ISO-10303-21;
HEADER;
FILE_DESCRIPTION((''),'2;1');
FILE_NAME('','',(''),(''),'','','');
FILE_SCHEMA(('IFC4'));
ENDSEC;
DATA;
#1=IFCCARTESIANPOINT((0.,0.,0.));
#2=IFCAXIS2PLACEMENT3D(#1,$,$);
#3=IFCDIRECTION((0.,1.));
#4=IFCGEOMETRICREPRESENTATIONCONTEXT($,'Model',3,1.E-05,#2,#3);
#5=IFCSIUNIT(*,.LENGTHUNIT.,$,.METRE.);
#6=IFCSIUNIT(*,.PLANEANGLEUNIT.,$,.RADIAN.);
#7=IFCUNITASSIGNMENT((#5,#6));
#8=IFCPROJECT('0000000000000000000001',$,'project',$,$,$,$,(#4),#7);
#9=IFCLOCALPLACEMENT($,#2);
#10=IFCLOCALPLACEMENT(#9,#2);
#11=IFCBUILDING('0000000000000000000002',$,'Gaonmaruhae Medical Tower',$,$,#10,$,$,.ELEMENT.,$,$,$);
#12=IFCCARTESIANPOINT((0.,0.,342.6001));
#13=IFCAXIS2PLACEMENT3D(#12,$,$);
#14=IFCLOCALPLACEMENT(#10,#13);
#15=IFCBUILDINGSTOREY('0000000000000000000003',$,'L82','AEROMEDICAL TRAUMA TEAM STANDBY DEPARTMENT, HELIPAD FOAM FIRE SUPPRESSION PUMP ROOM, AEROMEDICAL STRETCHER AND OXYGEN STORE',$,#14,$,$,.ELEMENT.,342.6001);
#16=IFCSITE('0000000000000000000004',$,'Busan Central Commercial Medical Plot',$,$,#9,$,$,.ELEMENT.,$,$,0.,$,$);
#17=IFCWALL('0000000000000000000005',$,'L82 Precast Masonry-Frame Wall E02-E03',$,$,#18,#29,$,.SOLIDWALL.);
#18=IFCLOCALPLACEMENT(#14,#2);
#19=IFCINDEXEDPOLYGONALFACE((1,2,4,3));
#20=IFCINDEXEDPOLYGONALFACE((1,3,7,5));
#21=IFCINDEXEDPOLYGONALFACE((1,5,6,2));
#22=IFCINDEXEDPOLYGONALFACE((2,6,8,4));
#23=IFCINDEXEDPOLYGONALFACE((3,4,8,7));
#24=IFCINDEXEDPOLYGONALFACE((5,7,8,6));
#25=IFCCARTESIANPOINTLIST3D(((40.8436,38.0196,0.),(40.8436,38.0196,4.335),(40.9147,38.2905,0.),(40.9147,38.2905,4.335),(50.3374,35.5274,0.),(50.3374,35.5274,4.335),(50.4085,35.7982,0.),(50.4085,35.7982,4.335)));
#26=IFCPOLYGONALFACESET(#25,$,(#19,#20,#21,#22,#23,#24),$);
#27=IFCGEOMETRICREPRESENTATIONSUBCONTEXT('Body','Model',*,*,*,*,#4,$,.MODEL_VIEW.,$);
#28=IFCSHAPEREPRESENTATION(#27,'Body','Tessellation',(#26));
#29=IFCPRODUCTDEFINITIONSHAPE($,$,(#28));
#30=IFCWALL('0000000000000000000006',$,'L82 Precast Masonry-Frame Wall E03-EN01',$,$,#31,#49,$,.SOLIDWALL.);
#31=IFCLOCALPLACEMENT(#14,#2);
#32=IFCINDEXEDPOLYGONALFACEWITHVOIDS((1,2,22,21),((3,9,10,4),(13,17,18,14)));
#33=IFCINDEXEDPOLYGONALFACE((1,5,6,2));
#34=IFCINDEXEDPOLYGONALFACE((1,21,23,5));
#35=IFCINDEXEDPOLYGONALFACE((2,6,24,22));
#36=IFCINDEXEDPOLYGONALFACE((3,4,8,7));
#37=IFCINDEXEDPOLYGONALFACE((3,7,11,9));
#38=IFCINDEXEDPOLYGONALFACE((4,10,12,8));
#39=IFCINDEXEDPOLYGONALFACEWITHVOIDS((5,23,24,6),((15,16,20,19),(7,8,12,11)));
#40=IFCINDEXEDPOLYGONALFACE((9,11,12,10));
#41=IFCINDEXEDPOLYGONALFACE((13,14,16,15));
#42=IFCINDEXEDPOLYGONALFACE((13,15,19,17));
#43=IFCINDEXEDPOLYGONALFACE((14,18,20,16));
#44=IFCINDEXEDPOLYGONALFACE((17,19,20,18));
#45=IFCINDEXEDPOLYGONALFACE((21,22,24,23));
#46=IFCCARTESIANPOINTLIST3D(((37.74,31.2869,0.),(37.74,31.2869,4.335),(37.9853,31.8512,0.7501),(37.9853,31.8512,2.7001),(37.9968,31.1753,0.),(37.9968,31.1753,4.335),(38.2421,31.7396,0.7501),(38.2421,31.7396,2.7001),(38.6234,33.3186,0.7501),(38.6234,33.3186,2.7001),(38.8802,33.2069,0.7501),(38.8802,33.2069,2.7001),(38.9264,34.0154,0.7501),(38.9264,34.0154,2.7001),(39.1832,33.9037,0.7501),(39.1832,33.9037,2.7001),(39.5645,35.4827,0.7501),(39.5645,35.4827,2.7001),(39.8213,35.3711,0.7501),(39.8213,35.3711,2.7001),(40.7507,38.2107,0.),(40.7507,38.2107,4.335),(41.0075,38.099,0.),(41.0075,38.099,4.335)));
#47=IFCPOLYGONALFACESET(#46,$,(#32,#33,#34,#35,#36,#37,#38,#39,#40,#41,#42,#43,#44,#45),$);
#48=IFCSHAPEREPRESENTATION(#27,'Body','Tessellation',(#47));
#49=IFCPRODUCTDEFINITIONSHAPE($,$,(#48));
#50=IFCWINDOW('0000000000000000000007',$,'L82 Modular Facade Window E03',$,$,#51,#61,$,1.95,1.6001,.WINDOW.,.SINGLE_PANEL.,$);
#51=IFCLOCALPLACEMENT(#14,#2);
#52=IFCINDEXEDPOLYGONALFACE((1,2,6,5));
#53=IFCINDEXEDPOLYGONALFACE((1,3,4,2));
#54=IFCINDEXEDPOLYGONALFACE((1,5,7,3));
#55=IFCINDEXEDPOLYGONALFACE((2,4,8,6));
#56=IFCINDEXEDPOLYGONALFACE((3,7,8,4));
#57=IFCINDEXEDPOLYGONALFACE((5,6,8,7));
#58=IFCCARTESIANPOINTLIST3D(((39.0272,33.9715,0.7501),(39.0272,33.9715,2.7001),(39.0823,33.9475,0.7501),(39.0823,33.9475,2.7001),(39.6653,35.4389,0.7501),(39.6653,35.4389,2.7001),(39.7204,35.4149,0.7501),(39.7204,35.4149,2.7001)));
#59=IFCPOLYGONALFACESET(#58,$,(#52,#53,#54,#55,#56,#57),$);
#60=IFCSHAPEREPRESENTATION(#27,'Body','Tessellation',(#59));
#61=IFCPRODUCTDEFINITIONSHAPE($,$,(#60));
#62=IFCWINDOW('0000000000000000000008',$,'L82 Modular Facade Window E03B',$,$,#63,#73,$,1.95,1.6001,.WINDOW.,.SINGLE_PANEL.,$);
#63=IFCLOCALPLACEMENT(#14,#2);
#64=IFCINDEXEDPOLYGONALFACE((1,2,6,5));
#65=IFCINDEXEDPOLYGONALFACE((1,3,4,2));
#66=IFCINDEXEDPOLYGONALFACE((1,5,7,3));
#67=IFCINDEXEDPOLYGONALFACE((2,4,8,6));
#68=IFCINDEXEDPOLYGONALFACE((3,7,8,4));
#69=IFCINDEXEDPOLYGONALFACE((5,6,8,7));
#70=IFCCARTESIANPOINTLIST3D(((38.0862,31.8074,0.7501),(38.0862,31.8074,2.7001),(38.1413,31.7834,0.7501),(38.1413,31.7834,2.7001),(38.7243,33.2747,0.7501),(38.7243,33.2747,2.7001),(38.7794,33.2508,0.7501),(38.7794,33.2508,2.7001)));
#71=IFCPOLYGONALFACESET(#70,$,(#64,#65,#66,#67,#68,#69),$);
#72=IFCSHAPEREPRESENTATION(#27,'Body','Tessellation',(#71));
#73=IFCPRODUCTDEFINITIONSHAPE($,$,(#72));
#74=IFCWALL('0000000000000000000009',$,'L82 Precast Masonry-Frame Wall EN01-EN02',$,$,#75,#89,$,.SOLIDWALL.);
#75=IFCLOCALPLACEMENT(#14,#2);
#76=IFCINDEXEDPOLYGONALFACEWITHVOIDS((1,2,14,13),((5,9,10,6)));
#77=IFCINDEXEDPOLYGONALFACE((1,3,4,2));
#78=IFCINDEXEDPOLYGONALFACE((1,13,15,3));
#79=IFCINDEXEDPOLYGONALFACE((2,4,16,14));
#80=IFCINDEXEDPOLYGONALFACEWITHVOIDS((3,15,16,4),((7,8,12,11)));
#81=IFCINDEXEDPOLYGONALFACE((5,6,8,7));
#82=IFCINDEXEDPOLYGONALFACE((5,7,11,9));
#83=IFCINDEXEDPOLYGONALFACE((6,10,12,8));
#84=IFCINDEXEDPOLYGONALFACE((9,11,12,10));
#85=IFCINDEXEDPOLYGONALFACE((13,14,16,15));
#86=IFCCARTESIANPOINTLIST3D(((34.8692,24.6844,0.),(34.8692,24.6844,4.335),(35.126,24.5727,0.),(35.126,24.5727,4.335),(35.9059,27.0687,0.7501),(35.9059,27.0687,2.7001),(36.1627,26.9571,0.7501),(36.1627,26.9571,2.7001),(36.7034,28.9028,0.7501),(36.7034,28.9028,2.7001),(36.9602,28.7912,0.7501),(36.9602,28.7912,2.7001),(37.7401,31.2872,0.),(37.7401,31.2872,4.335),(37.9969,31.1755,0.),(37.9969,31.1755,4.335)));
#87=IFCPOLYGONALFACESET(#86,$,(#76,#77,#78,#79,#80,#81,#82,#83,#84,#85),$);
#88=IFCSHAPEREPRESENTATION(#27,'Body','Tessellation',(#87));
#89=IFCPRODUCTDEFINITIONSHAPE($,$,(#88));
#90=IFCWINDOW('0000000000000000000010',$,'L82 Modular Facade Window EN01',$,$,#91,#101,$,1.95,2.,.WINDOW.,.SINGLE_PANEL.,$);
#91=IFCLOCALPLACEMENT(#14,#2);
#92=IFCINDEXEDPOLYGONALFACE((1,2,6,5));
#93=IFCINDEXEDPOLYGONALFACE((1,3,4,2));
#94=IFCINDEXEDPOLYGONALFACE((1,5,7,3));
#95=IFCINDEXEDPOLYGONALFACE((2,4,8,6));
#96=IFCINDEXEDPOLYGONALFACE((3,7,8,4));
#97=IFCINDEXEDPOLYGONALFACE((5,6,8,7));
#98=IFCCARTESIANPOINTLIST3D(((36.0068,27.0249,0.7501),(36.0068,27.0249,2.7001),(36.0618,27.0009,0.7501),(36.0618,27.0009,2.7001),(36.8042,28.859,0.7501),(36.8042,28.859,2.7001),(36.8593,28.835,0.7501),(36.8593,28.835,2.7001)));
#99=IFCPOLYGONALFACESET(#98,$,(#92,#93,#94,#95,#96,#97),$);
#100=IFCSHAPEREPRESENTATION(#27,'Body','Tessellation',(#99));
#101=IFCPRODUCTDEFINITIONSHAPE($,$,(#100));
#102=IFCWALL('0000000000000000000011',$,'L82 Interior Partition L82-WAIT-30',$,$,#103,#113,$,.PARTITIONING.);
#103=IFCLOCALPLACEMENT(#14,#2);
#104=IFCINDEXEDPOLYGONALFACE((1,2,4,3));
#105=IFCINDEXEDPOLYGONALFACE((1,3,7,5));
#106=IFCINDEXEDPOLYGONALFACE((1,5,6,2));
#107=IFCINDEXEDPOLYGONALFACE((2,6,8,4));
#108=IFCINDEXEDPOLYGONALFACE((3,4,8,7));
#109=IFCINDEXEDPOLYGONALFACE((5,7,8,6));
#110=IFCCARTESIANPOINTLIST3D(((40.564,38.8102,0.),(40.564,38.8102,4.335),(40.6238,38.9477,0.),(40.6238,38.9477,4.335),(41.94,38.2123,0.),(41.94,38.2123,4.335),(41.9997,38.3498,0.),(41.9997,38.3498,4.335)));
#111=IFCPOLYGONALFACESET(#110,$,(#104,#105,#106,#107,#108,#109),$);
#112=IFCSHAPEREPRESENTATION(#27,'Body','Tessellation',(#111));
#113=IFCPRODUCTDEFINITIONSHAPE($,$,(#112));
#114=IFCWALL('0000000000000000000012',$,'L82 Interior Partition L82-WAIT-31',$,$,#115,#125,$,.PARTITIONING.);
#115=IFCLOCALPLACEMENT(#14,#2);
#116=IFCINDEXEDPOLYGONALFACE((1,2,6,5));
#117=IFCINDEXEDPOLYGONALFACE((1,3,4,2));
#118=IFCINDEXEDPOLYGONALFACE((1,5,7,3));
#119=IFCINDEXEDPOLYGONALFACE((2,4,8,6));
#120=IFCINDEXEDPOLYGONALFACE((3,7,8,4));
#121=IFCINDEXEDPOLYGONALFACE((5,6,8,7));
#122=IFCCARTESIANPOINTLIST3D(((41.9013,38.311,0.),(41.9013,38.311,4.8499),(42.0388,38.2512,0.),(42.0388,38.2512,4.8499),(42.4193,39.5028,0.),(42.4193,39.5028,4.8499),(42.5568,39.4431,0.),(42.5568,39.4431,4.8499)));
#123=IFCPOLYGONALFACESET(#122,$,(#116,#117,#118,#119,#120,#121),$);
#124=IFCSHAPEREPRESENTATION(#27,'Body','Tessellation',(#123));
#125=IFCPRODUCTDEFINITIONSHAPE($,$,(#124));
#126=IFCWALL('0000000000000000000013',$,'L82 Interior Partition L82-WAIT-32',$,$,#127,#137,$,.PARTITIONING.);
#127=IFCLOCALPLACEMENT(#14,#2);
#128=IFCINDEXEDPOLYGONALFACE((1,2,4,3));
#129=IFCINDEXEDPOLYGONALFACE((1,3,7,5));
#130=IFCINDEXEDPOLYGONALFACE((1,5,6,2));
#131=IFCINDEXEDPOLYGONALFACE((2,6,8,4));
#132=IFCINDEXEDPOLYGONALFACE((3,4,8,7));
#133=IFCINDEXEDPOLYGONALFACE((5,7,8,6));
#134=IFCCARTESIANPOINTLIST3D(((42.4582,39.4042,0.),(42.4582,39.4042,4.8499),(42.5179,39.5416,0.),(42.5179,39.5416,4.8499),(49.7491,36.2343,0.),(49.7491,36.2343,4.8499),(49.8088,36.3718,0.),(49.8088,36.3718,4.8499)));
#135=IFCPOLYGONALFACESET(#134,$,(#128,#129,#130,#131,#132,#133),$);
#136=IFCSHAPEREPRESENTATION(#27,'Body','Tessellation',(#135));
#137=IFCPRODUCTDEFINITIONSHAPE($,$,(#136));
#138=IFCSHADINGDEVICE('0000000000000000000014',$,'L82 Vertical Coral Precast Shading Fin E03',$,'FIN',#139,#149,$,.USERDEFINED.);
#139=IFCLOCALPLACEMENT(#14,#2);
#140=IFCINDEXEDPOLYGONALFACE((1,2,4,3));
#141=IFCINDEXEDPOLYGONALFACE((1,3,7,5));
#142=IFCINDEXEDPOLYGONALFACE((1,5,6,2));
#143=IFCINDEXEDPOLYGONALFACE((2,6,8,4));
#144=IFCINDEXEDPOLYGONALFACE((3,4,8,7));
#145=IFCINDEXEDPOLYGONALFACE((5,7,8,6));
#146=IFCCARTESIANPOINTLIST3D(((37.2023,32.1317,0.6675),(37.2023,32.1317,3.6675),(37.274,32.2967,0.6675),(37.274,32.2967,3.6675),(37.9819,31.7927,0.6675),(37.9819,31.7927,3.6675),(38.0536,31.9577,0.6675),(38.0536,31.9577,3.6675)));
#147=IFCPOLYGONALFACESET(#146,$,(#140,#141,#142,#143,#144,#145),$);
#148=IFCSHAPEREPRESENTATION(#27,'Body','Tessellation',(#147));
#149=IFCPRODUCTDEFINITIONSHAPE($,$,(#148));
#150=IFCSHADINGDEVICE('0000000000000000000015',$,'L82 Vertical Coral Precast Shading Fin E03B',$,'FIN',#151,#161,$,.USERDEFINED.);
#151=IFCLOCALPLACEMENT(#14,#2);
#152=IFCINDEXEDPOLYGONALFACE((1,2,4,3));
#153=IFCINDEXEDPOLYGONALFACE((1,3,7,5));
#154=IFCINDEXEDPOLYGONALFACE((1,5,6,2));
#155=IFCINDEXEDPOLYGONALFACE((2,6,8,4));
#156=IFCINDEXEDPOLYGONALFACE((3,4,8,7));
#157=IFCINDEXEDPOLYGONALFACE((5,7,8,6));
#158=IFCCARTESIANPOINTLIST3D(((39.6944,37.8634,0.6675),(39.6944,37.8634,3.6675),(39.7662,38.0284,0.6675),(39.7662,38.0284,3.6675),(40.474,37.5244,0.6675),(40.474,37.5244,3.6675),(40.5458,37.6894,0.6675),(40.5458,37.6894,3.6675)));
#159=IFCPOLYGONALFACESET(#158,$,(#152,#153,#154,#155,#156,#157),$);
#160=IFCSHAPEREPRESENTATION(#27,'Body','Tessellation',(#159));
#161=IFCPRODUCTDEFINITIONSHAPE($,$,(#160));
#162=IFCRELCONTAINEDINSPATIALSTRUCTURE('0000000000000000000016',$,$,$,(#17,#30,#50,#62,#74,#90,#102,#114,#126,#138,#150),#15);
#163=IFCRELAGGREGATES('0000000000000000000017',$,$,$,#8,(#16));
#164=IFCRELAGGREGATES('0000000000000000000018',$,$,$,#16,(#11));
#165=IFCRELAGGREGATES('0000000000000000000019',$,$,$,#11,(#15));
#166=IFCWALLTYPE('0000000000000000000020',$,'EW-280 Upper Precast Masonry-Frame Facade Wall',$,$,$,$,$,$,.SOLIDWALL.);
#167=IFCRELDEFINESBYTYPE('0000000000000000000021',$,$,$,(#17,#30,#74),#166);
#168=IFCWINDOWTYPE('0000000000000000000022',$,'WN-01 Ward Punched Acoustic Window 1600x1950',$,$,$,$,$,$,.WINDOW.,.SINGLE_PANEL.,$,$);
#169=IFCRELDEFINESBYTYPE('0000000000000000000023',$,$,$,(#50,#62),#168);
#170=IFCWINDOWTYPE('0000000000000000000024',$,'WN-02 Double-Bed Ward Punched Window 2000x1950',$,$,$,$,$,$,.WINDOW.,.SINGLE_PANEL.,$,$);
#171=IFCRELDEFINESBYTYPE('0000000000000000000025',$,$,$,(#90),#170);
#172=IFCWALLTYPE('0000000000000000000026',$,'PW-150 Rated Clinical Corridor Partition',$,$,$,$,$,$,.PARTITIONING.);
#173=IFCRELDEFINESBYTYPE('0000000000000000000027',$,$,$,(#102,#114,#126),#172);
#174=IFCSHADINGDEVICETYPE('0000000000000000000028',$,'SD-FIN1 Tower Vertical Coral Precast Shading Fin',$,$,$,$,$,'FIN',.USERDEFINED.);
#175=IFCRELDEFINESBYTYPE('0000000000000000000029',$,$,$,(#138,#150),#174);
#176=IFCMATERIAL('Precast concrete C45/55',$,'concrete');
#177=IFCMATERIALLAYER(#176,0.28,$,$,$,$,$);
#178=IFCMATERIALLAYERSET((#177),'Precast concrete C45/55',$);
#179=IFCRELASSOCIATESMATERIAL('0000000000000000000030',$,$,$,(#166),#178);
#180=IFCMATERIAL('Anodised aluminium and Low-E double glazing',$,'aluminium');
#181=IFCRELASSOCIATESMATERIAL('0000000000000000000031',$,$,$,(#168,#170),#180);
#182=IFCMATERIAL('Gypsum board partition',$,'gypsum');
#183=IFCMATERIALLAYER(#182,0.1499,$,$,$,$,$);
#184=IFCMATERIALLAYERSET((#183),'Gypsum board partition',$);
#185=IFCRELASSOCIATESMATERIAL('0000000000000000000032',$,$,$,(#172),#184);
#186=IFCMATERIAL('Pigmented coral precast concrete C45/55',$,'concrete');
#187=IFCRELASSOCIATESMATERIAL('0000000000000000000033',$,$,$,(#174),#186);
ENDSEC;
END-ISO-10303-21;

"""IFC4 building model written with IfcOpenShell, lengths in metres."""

from ifc_helpers import new_model, si_unit, direction, frame, frame_2d, origin, origin_2d, place, context, subcontext, project, spatial, rectangle, extrude, material, layer, layer_set, type_object, element, fill, save


model = new_model("IFC4")

# Units and contexts
model_context = context("Model", 3, precision=1e-05, world=origin(), true_north=direction((0.0, 1.0)))
body_context = subcontext(model_context, "Body", "Model", "MODEL_VIEW")
ifc_project = project(units=[si_unit("LENGTHUNIT", "METRE"), si_unit("PLANEANGLEUNIT", "RADIAN")], contexts=[model_context])

# Site, building, storey
site_placement = place(None, origin())
site = spatial("IfcSite", under=ifc_project, at=site_placement, Name="Busan Central Commercial Medical Plot", CompositionType="ELEMENT", RefElevation=0.0)
building_placement = place(site_placement, origin())
building = spatial("IfcBuilding", under=site, at=building_placement, Name="Gaonmaruhae Medical Tower", CompositionType="ELEMENT")
storey_placement = place(building_placement, frame((0.0, 0.0, 342.6001)))
storey = spatial("IfcBuildingStorey", under=building, at=storey_placement, Name="L82", Description="AEROMEDICAL TRAUMA TEAM STANDBY DEPARTMENT, HELIPAD FOAM FIRE SUPPRESSION PUMP ROOM, AEROMEDICAL STRETCHER AND OXYGEN STORE", CompositionType="ELEMENT", Elevation=342.6001)

# Wall
ifc_material_1 = material(Name="Precast concrete C45/55", Category="concrete")
ifc_layer_1 = layer(ifc_material_1, 0.28)
ifc_layer_set_1 = layer_set([ifc_layer_1], Name="Precast concrete C45/55")
wall_type_1 = type_object("IfcWallType", Name="EW-280 Upper Precast Masonry-Frame Facade Wall", PredefinedType="SOLIDWALL", material=ifc_layer_set_1)
wall_1_placement = place(storey_placement, frame((40.8792, 38.155, 0.0), z_axis=(0.0, 0.0, 1.0), x_axis=(0.967228, -0.253908, 0.0)))
element("IfcWall", 1, at=wall_1_placement, inside=storey, type_object=wall_type_1, Name="L82 Precast Masonry-Frame Wall E02-E03", PredefinedType="SOLIDWALL", context=body_context, shape_type="SweptSolid", body=[
    extrude(rectangle(XDim=9.8154, YDim=0.28, at=frame_2d((4.9077, 0.0))), origin(), (0.0, 0.0, 1.0), 4.335),
])

# Wall, openings, windows
wall_2_placement = place(storey_placement, frame((37.8684, 31.2312, 0.0), z_axis=(0.0, 0.0, 1.0), x_axis=(0.398769, 0.917052, 0.0)))
wall_2 = element("IfcWall", 2, at=wall_2_placement, inside=storey, type_object=wall_type_1, Name="L82 Precast Masonry-Frame Wall E03-EN01", PredefinedType="SOLIDWALL", context=body_context, shape_type="SweptSolid", body=[
    extrude(rectangle(XDim=7.55, YDim=0.28, at=frame_2d((3.7749, 0.0))), origin(), (0.0, 0.0, 1.0), 4.335),
])
opening_1_placement = place(wall_2_placement, frame((2.9751, 0.0, 0.75)))
opening_1 = element("IfcOpeningElement", 3, at=opening_1_placement, cuts=wall_2, PredefinedType="OPENING", context=body_context, shape_type="SweptSolid", body=[
    extrude(rectangle(XDim=1.6001, YDim=1.95, at=frame_2d((0.8, 0.9751))), frame((0.0, 0.1499, 0.0), z_axis=(0.0, -1.0, 0.0), x_axis=(1.0, 0.0, 0.0)), (0.0, 0.0, 1.0), 0.3),
])
opening_2_placement = place(wall_2_placement, frame((0.6152, 0.0, 0.75)))
opening_2 = element("IfcOpeningElement", 4, at=opening_2_placement, cuts=wall_2, PredefinedType="OPENING", context=body_context, shape_type="SweptSolid", body=[
    extrude(rectangle(XDim=1.6001, YDim=1.95, at=frame_2d((0.8, 0.9751))), frame((0.0, 0.1499, 0.0), z_axis=(0.0, -1.0, 0.0), x_axis=(1.0, 0.0, 0.0)), (0.0, 0.0, 1.0), 0.3),
])
ifc_material_2 = material(Name="Anodised aluminium and Low-E double glazing", Category="aluminium")
window_type_1 = type_object("IfcWindowType", Name="WN-01 Ward Punched Acoustic Window 1600x1950", PartitioningType="SINGLE_PANEL", PredefinedType="WINDOW", material=ifc_material_2)
window_1_placement = place(opening_1_placement, origin())
window_1 = element("IfcWindow", 5, at=window_1_placement, inside=storey, type_object=window_type_1, Name="L82 Modular Facade Window E03", OverallHeight=1.95, OverallWidth=1.6001, PartitioningType="SINGLE_PANEL", PredefinedType="WINDOW", context=body_context, shape_type="SweptSolid", body=[
    extrude(rectangle(XDim=1.6001, YDim=1.95, at=frame_2d((0.8, 0.9751))), frame((0.0, 0.03, 0.0), z_axis=(0.0, -1.0, 0.0), x_axis=(1.0, 0.0, 0.0)), (0.0, 0.0, 1.0), 0.0601),
])
fill(opening_1, window_1)
window_2_placement = place(opening_2_placement, origin())
window_2 = element("IfcWindow", 6, at=window_2_placement, inside=storey, type_object=window_type_1, Name="L82 Modular Facade Window E03B", OverallHeight=1.95, OverallWidth=1.6001, PartitioningType="SINGLE_PANEL", PredefinedType="WINDOW", context=body_context, shape_type="SweptSolid", body=[
    extrude(rectangle(XDim=1.6001, YDim=1.95, at=frame_2d((0.8, 0.9751))), frame((0.0, 0.03, 0.0), z_axis=(0.0, -1.0, 0.0), x_axis=(1.0, 0.0, 0.0)), (0.0, 0.0, 1.0), 0.0601),
])
fill(opening_2, window_2)

# Wall, opening, window
wall_3_placement = place(storey_placement, frame((34.9976, 24.6284, 0.0), z_axis=(0.0, 0.0, 1.0), x_axis=(0.398735, 0.917066, 0.0)))
wall_3 = element("IfcWall", 7, at=wall_3_placement, inside=storey, type_object=wall_type_1, Name="L82 Precast Masonry-Frame Wall EN01-EN02", PredefinedType="SOLIDWALL", context=body_context, shape_type="SweptSolid", body=[
    extrude(rectangle(XDim=7.2, YDim=0.28, at=frame_2d((3.6001, 0.0))), origin(), (0.0, 0.0, 1.0), 4.335),
])
opening_3_placement = place(wall_3_placement, frame((2.6001, 0.0, 0.75)))
opening_3 = element("IfcOpeningElement", 8, at=opening_3_placement, cuts=wall_3, PredefinedType="OPENING", context=body_context, shape_type="SweptSolid", body=[
    extrude(rectangle(XDim=2.0, YDim=1.95, at=frame_2d((1.0, 0.9751))), frame((0.0, 0.1499, 0.0), z_axis=(0.0, -1.0, 0.0), x_axis=(1.0, 0.0, 0.0)), (0.0, 0.0, 1.0), 0.3),
])
window_type_2 = type_object("IfcWindowType", Name="WN-02 Double-Bed Ward Punched Window 2000x1950", PartitioningType="SINGLE_PANEL", PredefinedType="WINDOW", material=ifc_material_2)
window_3_placement = place(opening_3_placement, origin())
window_3 = element("IfcWindow", 9, at=window_3_placement, inside=storey, type_object=window_type_2, Name="L82 Modular Facade Window EN01", OverallHeight=1.95, OverallWidth=2.0, PartitioningType="SINGLE_PANEL", PredefinedType="WINDOW", context=body_context, shape_type="SweptSolid", body=[
    extrude(rectangle(XDim=2.0, YDim=1.95, at=frame_2d((1.0, 0.9751))), frame((0.0, 0.03, 0.0), z_axis=(0.0, -1.0, 0.0), x_axis=(1.0, 0.0, 0.0)), (0.0, 0.0, 1.0), 0.0601),
])
fill(opening_3, window_3)

# Walls
ifc_material_3 = material(Name="Gypsum board partition", Category="gypsum")
ifc_layer_2 = layer(ifc_material_3, 0.1499)
ifc_layer_set_2 = layer_set([ifc_layer_2], Name="Gypsum board partition")
wall_type_2 = type_object("IfcWallType", Name="PW-150 Rated Clinical Corridor Partition", PredefinedType="PARTITIONING", material=ifc_layer_set_2)
wall_4_placement = place(storey_placement, frame((40.594, 38.8789, 0.0), z_axis=(0.0, 0.0, 1.0), x_axis=(0.917155, -0.39853, 0.0)))
element("IfcWall", 10, at=wall_4_placement, inside=storey, type_object=wall_type_2, Name="L82 Interior Partition L82-WAIT-30", PredefinedType="PARTITIONING", context=body_context, shape_type="SweptSolid", body=[
    extrude(rectangle(XDim=1.5002, YDim=0.1499, at=frame_2d((0.75, 0.0))), origin(), (0.0, 0.0, 1.0), 4.335),
])
wall_5_placement = place(storey_placement, frame((41.97, 38.281, 0.0), z_axis=(0.0, 0.0, 1.0), x_axis=(0.39863, 0.917112, 0.0)))
element("IfcWall", 11, at=wall_5_placement, inside=storey, type_object=wall_type_2, Name="L82 Interior Partition L82-WAIT-31", PredefinedType="PARTITIONING", context=body_context, shape_type="SweptSolid", body=[
    extrude(rectangle(XDim=1.2996, YDim=0.1499, at=frame_2d((0.6499, 0.0))), origin(), (0.0, 0.0, 1.0), 4.8499),
])
wall_6_placement = place(storey_placement, frame((42.488, 39.4729, 0.0), z_axis=(0.0, 0.0, 1.0), x_axis=(0.917074, -0.398717, 0.0)))
element("IfcWall", 12, at=wall_6_placement, inside=storey, type_object=wall_type_2, Name="L82 Interior Partition L82-WAIT-32", PredefinedType="PARTITIONING", context=body_context, shape_type="SweptSolid", body=[
    extrude(rectangle(XDim=7.9502, YDim=0.1499, at=frame_2d((3.9751, 0.0))), origin(), (0.0, 0.0, 1.0), 4.8499),
])

# Shading devices
ifc_material_4 = material(Name="Pigmented coral precast concrete C45/55", Category="concrete")
shading_device_type = type_object("IfcShadingDeviceType", Name="SD-FIN1 Tower Vertical Coral Precast Shading Fin", ElementType="FIN", PredefinedType="USERDEFINED", material=ifc_material_4)
for number, where, z_axis, x_axis, name in (
    (13, (37.6279, 32.0447, 0.6675), (0.0, 0.0, 1.0), (0.398749, 0.91706, 0.0), "L82 Vertical Coral Precast Shading Fin E03"),
    (14, (40.1201, 37.7764, 0.6675), (0.0, 0.0, 1.0), (0.398749, 0.91706, 0.0), "L82 Vertical Coral Precast Shading Fin E03B"),
):
    element("IfcShadingDevice", number, at=place(storey_placement, frame(where, z_axis=z_axis, x_axis=x_axis)), inside=storey, type_object=shading_device_type, Name=name, ObjectType="FIN", PredefinedType="USERDEFINED", context=body_context, shape_type="SweptSolid", body=[
        extrude(rectangle(XDim=0.1799, YDim=0.8501, at=origin_2d()), origin(), (0.0, 0.0, 1.0), 3.0),
    ])

save(model, "model.ifc")
